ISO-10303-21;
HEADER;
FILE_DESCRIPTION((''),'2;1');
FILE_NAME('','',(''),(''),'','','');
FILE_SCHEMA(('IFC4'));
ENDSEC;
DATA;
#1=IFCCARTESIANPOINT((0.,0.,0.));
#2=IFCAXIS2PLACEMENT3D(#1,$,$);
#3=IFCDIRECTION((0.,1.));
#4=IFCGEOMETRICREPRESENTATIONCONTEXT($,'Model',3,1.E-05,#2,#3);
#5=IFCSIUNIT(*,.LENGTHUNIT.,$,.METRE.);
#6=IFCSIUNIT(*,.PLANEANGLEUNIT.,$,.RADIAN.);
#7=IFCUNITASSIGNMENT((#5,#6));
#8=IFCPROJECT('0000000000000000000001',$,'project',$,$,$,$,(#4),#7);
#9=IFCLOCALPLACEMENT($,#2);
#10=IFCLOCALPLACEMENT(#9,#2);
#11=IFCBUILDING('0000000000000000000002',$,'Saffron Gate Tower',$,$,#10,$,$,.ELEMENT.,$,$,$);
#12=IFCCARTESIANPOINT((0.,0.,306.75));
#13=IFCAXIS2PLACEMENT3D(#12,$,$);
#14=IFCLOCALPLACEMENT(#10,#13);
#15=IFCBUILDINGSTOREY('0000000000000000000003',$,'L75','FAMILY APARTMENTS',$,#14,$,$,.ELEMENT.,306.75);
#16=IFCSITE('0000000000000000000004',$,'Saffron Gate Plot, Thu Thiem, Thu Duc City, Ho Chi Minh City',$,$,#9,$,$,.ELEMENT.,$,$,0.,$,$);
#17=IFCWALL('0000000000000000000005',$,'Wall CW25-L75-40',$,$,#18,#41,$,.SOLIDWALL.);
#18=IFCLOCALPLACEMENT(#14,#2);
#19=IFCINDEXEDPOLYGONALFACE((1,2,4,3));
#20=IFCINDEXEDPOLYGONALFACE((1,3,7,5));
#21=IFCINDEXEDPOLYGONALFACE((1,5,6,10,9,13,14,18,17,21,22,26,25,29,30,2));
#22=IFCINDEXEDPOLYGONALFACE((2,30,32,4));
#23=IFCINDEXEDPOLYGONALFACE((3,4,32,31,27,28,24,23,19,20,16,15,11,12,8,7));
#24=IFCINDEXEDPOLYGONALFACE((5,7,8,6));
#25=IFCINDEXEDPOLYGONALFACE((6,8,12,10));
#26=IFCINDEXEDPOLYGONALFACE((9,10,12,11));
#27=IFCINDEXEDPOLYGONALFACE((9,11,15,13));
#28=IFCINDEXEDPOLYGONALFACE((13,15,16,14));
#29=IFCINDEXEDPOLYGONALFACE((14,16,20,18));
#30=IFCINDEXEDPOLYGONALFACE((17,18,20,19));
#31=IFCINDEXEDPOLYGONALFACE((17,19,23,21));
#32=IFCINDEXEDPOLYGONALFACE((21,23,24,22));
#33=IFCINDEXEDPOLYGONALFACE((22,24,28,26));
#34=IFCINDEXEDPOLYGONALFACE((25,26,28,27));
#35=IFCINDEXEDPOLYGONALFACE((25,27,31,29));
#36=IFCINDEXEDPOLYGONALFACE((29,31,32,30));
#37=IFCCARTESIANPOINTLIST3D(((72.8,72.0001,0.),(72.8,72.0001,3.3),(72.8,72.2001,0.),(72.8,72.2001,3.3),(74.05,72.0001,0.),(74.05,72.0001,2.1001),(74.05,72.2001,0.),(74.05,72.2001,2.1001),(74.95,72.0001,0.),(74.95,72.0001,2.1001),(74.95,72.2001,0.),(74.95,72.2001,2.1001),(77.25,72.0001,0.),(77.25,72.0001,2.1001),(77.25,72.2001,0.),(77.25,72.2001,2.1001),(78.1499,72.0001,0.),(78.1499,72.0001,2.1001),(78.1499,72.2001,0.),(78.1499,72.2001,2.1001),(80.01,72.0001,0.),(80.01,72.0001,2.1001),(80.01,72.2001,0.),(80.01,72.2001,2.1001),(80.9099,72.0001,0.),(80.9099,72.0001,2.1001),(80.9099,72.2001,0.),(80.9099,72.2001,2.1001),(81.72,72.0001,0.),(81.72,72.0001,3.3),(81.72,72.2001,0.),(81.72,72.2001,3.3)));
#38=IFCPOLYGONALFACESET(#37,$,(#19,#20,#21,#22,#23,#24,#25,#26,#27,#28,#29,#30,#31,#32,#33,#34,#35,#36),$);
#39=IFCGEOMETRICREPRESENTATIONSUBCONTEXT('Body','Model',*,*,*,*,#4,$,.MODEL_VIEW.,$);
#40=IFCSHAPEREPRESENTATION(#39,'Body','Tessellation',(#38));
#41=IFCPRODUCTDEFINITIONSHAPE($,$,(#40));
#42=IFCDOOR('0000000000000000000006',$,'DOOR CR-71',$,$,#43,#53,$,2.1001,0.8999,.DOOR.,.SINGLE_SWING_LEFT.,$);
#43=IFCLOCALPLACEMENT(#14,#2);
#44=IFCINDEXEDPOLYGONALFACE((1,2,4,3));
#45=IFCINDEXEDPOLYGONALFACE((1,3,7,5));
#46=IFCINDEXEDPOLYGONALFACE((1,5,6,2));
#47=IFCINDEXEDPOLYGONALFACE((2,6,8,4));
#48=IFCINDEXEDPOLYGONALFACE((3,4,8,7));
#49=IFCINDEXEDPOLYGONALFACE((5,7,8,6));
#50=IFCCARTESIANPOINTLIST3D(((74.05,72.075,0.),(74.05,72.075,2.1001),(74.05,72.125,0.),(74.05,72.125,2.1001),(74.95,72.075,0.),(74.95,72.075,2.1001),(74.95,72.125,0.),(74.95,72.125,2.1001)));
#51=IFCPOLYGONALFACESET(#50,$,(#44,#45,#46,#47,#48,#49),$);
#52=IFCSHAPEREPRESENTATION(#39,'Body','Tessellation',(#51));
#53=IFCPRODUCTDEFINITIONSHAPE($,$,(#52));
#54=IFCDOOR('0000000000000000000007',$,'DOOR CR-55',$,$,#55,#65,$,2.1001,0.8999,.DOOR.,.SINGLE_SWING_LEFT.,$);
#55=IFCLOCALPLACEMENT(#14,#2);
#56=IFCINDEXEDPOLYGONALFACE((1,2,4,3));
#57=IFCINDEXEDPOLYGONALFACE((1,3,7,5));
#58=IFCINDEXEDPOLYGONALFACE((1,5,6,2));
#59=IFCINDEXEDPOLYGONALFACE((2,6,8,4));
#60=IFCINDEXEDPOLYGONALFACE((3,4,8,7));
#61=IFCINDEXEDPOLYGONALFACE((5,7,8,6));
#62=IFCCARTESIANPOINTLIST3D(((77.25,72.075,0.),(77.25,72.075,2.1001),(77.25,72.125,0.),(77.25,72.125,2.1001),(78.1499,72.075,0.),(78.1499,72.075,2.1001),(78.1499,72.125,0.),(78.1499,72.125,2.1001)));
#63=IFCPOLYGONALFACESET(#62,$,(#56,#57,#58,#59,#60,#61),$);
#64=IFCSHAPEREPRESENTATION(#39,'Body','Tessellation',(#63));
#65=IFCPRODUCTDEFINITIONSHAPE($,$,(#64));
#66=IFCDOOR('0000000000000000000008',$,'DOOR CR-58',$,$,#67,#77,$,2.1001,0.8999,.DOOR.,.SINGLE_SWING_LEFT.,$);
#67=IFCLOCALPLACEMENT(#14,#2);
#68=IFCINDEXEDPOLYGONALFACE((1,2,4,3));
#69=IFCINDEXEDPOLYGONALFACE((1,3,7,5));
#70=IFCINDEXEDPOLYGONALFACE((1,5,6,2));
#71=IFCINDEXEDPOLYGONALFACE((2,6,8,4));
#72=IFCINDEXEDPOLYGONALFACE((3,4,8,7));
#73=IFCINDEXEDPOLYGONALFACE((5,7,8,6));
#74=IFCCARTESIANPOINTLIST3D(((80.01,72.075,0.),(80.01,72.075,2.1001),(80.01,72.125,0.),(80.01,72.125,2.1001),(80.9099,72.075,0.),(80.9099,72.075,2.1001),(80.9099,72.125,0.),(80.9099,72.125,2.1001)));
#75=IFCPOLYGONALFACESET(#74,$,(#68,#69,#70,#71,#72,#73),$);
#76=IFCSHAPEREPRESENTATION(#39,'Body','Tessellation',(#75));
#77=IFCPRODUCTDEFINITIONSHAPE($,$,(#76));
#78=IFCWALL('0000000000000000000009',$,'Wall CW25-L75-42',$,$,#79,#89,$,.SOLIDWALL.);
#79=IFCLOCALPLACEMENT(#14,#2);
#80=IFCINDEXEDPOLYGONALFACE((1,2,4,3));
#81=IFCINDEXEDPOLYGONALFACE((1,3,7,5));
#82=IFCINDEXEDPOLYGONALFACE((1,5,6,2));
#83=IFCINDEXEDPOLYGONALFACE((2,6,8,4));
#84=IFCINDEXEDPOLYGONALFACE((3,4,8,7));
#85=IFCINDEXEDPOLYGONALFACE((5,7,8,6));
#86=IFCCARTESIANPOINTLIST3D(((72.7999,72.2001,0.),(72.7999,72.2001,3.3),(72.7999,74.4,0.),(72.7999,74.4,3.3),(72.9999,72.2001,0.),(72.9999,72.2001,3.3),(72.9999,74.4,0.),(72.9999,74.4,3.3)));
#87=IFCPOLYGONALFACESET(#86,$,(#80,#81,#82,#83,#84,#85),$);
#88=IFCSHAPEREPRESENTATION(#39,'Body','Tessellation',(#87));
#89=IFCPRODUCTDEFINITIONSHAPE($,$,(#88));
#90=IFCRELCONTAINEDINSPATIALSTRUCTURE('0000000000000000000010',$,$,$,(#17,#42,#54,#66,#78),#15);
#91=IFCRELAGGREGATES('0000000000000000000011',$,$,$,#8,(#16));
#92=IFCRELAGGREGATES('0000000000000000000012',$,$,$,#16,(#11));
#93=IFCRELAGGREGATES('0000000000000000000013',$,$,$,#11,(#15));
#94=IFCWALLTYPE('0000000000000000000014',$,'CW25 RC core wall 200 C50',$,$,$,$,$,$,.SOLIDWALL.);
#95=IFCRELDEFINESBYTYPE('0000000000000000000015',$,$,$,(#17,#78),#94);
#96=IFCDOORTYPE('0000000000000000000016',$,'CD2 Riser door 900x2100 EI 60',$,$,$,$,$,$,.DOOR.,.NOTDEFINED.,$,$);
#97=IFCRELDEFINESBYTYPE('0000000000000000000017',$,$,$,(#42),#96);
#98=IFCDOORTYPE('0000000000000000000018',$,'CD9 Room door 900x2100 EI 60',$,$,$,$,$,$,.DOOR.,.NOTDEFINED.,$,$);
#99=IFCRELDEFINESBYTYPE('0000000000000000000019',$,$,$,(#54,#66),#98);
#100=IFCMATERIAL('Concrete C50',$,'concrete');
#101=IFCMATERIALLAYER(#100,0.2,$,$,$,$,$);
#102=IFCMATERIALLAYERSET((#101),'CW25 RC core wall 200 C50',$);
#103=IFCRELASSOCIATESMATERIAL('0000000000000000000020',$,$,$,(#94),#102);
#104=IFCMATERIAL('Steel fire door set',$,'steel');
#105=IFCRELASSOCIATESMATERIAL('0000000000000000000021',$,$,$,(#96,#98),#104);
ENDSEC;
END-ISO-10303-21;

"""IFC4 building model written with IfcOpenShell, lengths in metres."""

from ifc_helpers import new_model, si_unit, direction, frame, frame_2d, origin, place, context, subcontext, project, spatial, rectangle, extrude, material, layer, layer_set, type_object, element, fill, save


model = new_model("IFC4")

# Units and contexts
model_context = context("Model", 3, precision=1e-05, world=origin(), true_north=direction((0.0, 1.0)))
body_context = subcontext(model_context, "Body", "Model", "MODEL_VIEW")
ifc_project = project(units=[si_unit("LENGTHUNIT", "METRE"), si_unit("PLANEANGLEUNIT", "RADIAN")], contexts=[model_context])

# Site, building, storey
site_placement = place(None, origin())
site = spatial("IfcSite", under=ifc_project, at=site_placement, Name="Saffron Gate Plot, Thu Thiem, Thu Duc City, Ho Chi Minh City", CompositionType="ELEMENT", RefElevation=0.0)
building_placement = place(site_placement, origin())
building = spatial("IfcBuilding", under=site, at=building_placement, Name="Saffron Gate Tower", CompositionType="ELEMENT")
storey_placement = place(building_placement, frame((0.0, 0.0, 306.75)))
storey = spatial("IfcBuildingStorey", under=building, at=storey_placement, Name="L75", Description="FAMILY APARTMENTS", CompositionType="ELEMENT", Elevation=306.75)

# Shared definitions
ifc_material_1 = material(Name="Concrete C50", Category="concrete")

# Shared definitions
ifc_material_2 = material(Name="Steel fire door set", Category="steel")
ifc_layer_1 = layer(ifc_material_1, 0.2)
ifc_layer_set_1 = layer_set([ifc_layer_1], Name="CW25 RC core wall 200 C50")
wall_type_1 = type_object("IfcWallType", Name="CW25 RC core wall 200 C50", PredefinedType="SOLIDWALL", material=ifc_layer_set_1)

# Wall, openings, doors
wall_1_placement = place(storey_placement, frame((72.8, 72.1001, 0.0), z_axis=(0.0, 0.0, 1.0), x_axis=(1.0, 0.0, 0.0)))
wall_1 = element("IfcWall", 1, at=wall_1_placement, inside=storey, type_object=wall_type_1, Name="Wall CW25-L75-40", PredefinedType="SOLIDWALL", context=body_context, shape_type="SweptSolid", body=[
    extrude(rectangle(XDim=8.9199, YDim=0.2, at=frame_2d((4.46, 0.0))), origin(), (0.0, 0.0, 1.0), 3.3),
])
opening_1_placement = place(wall_1_placement, frame((1.25, 0.0, 0.0)))
opening_1 = element("IfcOpeningElement", 2, at=opening_1_placement, cuts=wall_1, PredefinedType="OPENING", context=body_context, shape_type="SweptSolid", body=[
    extrude(rectangle(XDim=0.8999, YDim=2.1001, at=frame_2d((0.45, 1.05))), frame((0.0, 0.1099, 0.0), z_axis=(0.0, -1.0, 0.0), x_axis=(1.0, 0.0, 0.0)), (0.0, 0.0, 1.0), 0.22),
])
opening_2_placement = place(wall_1_placement, frame((4.45, 0.0, 0.0)))
opening_2 = element("IfcOpeningElement", 3, at=opening_2_placement, cuts=wall_1, PredefinedType="OPENING", context=body_context, shape_type="SweptSolid", body=[
    extrude(rectangle(XDim=0.8999, YDim=2.1001, at=frame_2d((0.45, 1.05))), frame((0.0, 0.1099, 0.0), z_axis=(0.0, -1.0, 0.0), x_axis=(1.0, 0.0, 0.0)), (0.0, 0.0, 1.0), 0.22),
])
opening_3_placement = place(wall_1_placement, frame((7.21, 0.0, 0.0)))
opening_3 = element("IfcOpeningElement", 4, at=opening_3_placement, cuts=wall_1, PredefinedType="OPENING", context=body_context, shape_type="SweptSolid", body=[
    extrude(rectangle(XDim=0.8999, YDim=2.1001, at=frame_2d((0.45, 1.05))), frame((0.0, 0.1099, 0.0), z_axis=(0.0, -1.0, 0.0), x_axis=(1.0, 0.0, 0.0)), (0.0, 0.0, 1.0), 0.22),
])
door_type_1 = type_object("IfcDoorType", Name="CD2 Riser door 900x2100 EI 60", OperationType="NOTDEFINED", PredefinedType="DOOR", material=ifc_material_2)
door_1_placement = place(opening_1_placement, origin())
door_1 = element("IfcDoor", 5, at=door_1_placement, inside=storey, type_object=door_type_1, Name="DOOR CR-71", OperationType="SINGLE_SWING_LEFT", OverallHeight=2.1001, OverallWidth=0.8999, PredefinedType="DOOR", context=body_context, shape_type="SweptSolid", body=[
    extrude(rectangle(XDim=0.8999, YDim=2.1001, at=frame_2d((0.45, 1.05))), frame((0.0, 0.0249, 0.0), z_axis=(0.0, -1.0, 0.0), x_axis=(1.0, 0.0, 0.0)), (0.0, 0.0, 1.0), 0.05),
])
fill(opening_1, door_1)
door_type_2 = type_object("IfcDoorType", Name="CD9 Room door 900x2100 EI 60", OperationType="NOTDEFINED", PredefinedType="DOOR", material=ifc_material_2)
door_2_placement = place(opening_2_placement, origin())
door_2 = element("IfcDoor", 6, at=door_2_placement, inside=storey, type_object=door_type_2, Name="DOOR CR-55", OperationType="SINGLE_SWING_LEFT", OverallHeight=2.1001, OverallWidth=0.8999, PredefinedType="DOOR", context=body_context, shape_type="SweptSolid", body=[
    extrude(rectangle(XDim=0.8999, YDim=2.1001, at=frame_2d((0.45, 1.05))), frame((0.0, 0.0249, 0.0), z_axis=(0.0, -1.0, 0.0), x_axis=(1.0, 0.0, 0.0)), (0.0, 0.0, 1.0), 0.05),
])
fill(opening_2, door_2)
door_3_placement = place(opening_3_placement, origin())
door_3 = element("IfcDoor", 7, at=door_3_placement, inside=storey, type_object=door_type_2, Name="DOOR CR-58", OperationType="SINGLE_SWING_LEFT", OverallHeight=2.1001, OverallWidth=0.8999, PredefinedType="DOOR", context=body_context, shape_type="SweptSolid", body=[
    extrude(rectangle(XDim=0.8999, YDim=2.1001, at=frame_2d((0.45, 1.05))), frame((0.0, 0.0249, 0.0), z_axis=(0.0, -1.0, 0.0), x_axis=(1.0, 0.0, 0.0)), (0.0, 0.0, 1.0), 0.05),
])
fill(opening_3, door_3)

# Wall
wall_2_placement = place(storey_placement, frame((72.8999, 72.2, 0.0), z_axis=(0.0, 0.0, 1.0), x_axis=(0.0, 1.0, 0.0)))
element("IfcWall", 8, at=wall_2_placement, inside=storey, type_object=wall_type_1, Name="Wall CW25-L75-42", PredefinedType="SOLIDWALL", context=body_context, shape_type="SweptSolid", body=[
    extrude(rectangle(XDim=2.2, YDim=0.2, at=frame_2d((1.1001, 0.0))), origin(), (0.0, 0.0, 1.0), 3.3),
])

save(model, "model.ifc")
